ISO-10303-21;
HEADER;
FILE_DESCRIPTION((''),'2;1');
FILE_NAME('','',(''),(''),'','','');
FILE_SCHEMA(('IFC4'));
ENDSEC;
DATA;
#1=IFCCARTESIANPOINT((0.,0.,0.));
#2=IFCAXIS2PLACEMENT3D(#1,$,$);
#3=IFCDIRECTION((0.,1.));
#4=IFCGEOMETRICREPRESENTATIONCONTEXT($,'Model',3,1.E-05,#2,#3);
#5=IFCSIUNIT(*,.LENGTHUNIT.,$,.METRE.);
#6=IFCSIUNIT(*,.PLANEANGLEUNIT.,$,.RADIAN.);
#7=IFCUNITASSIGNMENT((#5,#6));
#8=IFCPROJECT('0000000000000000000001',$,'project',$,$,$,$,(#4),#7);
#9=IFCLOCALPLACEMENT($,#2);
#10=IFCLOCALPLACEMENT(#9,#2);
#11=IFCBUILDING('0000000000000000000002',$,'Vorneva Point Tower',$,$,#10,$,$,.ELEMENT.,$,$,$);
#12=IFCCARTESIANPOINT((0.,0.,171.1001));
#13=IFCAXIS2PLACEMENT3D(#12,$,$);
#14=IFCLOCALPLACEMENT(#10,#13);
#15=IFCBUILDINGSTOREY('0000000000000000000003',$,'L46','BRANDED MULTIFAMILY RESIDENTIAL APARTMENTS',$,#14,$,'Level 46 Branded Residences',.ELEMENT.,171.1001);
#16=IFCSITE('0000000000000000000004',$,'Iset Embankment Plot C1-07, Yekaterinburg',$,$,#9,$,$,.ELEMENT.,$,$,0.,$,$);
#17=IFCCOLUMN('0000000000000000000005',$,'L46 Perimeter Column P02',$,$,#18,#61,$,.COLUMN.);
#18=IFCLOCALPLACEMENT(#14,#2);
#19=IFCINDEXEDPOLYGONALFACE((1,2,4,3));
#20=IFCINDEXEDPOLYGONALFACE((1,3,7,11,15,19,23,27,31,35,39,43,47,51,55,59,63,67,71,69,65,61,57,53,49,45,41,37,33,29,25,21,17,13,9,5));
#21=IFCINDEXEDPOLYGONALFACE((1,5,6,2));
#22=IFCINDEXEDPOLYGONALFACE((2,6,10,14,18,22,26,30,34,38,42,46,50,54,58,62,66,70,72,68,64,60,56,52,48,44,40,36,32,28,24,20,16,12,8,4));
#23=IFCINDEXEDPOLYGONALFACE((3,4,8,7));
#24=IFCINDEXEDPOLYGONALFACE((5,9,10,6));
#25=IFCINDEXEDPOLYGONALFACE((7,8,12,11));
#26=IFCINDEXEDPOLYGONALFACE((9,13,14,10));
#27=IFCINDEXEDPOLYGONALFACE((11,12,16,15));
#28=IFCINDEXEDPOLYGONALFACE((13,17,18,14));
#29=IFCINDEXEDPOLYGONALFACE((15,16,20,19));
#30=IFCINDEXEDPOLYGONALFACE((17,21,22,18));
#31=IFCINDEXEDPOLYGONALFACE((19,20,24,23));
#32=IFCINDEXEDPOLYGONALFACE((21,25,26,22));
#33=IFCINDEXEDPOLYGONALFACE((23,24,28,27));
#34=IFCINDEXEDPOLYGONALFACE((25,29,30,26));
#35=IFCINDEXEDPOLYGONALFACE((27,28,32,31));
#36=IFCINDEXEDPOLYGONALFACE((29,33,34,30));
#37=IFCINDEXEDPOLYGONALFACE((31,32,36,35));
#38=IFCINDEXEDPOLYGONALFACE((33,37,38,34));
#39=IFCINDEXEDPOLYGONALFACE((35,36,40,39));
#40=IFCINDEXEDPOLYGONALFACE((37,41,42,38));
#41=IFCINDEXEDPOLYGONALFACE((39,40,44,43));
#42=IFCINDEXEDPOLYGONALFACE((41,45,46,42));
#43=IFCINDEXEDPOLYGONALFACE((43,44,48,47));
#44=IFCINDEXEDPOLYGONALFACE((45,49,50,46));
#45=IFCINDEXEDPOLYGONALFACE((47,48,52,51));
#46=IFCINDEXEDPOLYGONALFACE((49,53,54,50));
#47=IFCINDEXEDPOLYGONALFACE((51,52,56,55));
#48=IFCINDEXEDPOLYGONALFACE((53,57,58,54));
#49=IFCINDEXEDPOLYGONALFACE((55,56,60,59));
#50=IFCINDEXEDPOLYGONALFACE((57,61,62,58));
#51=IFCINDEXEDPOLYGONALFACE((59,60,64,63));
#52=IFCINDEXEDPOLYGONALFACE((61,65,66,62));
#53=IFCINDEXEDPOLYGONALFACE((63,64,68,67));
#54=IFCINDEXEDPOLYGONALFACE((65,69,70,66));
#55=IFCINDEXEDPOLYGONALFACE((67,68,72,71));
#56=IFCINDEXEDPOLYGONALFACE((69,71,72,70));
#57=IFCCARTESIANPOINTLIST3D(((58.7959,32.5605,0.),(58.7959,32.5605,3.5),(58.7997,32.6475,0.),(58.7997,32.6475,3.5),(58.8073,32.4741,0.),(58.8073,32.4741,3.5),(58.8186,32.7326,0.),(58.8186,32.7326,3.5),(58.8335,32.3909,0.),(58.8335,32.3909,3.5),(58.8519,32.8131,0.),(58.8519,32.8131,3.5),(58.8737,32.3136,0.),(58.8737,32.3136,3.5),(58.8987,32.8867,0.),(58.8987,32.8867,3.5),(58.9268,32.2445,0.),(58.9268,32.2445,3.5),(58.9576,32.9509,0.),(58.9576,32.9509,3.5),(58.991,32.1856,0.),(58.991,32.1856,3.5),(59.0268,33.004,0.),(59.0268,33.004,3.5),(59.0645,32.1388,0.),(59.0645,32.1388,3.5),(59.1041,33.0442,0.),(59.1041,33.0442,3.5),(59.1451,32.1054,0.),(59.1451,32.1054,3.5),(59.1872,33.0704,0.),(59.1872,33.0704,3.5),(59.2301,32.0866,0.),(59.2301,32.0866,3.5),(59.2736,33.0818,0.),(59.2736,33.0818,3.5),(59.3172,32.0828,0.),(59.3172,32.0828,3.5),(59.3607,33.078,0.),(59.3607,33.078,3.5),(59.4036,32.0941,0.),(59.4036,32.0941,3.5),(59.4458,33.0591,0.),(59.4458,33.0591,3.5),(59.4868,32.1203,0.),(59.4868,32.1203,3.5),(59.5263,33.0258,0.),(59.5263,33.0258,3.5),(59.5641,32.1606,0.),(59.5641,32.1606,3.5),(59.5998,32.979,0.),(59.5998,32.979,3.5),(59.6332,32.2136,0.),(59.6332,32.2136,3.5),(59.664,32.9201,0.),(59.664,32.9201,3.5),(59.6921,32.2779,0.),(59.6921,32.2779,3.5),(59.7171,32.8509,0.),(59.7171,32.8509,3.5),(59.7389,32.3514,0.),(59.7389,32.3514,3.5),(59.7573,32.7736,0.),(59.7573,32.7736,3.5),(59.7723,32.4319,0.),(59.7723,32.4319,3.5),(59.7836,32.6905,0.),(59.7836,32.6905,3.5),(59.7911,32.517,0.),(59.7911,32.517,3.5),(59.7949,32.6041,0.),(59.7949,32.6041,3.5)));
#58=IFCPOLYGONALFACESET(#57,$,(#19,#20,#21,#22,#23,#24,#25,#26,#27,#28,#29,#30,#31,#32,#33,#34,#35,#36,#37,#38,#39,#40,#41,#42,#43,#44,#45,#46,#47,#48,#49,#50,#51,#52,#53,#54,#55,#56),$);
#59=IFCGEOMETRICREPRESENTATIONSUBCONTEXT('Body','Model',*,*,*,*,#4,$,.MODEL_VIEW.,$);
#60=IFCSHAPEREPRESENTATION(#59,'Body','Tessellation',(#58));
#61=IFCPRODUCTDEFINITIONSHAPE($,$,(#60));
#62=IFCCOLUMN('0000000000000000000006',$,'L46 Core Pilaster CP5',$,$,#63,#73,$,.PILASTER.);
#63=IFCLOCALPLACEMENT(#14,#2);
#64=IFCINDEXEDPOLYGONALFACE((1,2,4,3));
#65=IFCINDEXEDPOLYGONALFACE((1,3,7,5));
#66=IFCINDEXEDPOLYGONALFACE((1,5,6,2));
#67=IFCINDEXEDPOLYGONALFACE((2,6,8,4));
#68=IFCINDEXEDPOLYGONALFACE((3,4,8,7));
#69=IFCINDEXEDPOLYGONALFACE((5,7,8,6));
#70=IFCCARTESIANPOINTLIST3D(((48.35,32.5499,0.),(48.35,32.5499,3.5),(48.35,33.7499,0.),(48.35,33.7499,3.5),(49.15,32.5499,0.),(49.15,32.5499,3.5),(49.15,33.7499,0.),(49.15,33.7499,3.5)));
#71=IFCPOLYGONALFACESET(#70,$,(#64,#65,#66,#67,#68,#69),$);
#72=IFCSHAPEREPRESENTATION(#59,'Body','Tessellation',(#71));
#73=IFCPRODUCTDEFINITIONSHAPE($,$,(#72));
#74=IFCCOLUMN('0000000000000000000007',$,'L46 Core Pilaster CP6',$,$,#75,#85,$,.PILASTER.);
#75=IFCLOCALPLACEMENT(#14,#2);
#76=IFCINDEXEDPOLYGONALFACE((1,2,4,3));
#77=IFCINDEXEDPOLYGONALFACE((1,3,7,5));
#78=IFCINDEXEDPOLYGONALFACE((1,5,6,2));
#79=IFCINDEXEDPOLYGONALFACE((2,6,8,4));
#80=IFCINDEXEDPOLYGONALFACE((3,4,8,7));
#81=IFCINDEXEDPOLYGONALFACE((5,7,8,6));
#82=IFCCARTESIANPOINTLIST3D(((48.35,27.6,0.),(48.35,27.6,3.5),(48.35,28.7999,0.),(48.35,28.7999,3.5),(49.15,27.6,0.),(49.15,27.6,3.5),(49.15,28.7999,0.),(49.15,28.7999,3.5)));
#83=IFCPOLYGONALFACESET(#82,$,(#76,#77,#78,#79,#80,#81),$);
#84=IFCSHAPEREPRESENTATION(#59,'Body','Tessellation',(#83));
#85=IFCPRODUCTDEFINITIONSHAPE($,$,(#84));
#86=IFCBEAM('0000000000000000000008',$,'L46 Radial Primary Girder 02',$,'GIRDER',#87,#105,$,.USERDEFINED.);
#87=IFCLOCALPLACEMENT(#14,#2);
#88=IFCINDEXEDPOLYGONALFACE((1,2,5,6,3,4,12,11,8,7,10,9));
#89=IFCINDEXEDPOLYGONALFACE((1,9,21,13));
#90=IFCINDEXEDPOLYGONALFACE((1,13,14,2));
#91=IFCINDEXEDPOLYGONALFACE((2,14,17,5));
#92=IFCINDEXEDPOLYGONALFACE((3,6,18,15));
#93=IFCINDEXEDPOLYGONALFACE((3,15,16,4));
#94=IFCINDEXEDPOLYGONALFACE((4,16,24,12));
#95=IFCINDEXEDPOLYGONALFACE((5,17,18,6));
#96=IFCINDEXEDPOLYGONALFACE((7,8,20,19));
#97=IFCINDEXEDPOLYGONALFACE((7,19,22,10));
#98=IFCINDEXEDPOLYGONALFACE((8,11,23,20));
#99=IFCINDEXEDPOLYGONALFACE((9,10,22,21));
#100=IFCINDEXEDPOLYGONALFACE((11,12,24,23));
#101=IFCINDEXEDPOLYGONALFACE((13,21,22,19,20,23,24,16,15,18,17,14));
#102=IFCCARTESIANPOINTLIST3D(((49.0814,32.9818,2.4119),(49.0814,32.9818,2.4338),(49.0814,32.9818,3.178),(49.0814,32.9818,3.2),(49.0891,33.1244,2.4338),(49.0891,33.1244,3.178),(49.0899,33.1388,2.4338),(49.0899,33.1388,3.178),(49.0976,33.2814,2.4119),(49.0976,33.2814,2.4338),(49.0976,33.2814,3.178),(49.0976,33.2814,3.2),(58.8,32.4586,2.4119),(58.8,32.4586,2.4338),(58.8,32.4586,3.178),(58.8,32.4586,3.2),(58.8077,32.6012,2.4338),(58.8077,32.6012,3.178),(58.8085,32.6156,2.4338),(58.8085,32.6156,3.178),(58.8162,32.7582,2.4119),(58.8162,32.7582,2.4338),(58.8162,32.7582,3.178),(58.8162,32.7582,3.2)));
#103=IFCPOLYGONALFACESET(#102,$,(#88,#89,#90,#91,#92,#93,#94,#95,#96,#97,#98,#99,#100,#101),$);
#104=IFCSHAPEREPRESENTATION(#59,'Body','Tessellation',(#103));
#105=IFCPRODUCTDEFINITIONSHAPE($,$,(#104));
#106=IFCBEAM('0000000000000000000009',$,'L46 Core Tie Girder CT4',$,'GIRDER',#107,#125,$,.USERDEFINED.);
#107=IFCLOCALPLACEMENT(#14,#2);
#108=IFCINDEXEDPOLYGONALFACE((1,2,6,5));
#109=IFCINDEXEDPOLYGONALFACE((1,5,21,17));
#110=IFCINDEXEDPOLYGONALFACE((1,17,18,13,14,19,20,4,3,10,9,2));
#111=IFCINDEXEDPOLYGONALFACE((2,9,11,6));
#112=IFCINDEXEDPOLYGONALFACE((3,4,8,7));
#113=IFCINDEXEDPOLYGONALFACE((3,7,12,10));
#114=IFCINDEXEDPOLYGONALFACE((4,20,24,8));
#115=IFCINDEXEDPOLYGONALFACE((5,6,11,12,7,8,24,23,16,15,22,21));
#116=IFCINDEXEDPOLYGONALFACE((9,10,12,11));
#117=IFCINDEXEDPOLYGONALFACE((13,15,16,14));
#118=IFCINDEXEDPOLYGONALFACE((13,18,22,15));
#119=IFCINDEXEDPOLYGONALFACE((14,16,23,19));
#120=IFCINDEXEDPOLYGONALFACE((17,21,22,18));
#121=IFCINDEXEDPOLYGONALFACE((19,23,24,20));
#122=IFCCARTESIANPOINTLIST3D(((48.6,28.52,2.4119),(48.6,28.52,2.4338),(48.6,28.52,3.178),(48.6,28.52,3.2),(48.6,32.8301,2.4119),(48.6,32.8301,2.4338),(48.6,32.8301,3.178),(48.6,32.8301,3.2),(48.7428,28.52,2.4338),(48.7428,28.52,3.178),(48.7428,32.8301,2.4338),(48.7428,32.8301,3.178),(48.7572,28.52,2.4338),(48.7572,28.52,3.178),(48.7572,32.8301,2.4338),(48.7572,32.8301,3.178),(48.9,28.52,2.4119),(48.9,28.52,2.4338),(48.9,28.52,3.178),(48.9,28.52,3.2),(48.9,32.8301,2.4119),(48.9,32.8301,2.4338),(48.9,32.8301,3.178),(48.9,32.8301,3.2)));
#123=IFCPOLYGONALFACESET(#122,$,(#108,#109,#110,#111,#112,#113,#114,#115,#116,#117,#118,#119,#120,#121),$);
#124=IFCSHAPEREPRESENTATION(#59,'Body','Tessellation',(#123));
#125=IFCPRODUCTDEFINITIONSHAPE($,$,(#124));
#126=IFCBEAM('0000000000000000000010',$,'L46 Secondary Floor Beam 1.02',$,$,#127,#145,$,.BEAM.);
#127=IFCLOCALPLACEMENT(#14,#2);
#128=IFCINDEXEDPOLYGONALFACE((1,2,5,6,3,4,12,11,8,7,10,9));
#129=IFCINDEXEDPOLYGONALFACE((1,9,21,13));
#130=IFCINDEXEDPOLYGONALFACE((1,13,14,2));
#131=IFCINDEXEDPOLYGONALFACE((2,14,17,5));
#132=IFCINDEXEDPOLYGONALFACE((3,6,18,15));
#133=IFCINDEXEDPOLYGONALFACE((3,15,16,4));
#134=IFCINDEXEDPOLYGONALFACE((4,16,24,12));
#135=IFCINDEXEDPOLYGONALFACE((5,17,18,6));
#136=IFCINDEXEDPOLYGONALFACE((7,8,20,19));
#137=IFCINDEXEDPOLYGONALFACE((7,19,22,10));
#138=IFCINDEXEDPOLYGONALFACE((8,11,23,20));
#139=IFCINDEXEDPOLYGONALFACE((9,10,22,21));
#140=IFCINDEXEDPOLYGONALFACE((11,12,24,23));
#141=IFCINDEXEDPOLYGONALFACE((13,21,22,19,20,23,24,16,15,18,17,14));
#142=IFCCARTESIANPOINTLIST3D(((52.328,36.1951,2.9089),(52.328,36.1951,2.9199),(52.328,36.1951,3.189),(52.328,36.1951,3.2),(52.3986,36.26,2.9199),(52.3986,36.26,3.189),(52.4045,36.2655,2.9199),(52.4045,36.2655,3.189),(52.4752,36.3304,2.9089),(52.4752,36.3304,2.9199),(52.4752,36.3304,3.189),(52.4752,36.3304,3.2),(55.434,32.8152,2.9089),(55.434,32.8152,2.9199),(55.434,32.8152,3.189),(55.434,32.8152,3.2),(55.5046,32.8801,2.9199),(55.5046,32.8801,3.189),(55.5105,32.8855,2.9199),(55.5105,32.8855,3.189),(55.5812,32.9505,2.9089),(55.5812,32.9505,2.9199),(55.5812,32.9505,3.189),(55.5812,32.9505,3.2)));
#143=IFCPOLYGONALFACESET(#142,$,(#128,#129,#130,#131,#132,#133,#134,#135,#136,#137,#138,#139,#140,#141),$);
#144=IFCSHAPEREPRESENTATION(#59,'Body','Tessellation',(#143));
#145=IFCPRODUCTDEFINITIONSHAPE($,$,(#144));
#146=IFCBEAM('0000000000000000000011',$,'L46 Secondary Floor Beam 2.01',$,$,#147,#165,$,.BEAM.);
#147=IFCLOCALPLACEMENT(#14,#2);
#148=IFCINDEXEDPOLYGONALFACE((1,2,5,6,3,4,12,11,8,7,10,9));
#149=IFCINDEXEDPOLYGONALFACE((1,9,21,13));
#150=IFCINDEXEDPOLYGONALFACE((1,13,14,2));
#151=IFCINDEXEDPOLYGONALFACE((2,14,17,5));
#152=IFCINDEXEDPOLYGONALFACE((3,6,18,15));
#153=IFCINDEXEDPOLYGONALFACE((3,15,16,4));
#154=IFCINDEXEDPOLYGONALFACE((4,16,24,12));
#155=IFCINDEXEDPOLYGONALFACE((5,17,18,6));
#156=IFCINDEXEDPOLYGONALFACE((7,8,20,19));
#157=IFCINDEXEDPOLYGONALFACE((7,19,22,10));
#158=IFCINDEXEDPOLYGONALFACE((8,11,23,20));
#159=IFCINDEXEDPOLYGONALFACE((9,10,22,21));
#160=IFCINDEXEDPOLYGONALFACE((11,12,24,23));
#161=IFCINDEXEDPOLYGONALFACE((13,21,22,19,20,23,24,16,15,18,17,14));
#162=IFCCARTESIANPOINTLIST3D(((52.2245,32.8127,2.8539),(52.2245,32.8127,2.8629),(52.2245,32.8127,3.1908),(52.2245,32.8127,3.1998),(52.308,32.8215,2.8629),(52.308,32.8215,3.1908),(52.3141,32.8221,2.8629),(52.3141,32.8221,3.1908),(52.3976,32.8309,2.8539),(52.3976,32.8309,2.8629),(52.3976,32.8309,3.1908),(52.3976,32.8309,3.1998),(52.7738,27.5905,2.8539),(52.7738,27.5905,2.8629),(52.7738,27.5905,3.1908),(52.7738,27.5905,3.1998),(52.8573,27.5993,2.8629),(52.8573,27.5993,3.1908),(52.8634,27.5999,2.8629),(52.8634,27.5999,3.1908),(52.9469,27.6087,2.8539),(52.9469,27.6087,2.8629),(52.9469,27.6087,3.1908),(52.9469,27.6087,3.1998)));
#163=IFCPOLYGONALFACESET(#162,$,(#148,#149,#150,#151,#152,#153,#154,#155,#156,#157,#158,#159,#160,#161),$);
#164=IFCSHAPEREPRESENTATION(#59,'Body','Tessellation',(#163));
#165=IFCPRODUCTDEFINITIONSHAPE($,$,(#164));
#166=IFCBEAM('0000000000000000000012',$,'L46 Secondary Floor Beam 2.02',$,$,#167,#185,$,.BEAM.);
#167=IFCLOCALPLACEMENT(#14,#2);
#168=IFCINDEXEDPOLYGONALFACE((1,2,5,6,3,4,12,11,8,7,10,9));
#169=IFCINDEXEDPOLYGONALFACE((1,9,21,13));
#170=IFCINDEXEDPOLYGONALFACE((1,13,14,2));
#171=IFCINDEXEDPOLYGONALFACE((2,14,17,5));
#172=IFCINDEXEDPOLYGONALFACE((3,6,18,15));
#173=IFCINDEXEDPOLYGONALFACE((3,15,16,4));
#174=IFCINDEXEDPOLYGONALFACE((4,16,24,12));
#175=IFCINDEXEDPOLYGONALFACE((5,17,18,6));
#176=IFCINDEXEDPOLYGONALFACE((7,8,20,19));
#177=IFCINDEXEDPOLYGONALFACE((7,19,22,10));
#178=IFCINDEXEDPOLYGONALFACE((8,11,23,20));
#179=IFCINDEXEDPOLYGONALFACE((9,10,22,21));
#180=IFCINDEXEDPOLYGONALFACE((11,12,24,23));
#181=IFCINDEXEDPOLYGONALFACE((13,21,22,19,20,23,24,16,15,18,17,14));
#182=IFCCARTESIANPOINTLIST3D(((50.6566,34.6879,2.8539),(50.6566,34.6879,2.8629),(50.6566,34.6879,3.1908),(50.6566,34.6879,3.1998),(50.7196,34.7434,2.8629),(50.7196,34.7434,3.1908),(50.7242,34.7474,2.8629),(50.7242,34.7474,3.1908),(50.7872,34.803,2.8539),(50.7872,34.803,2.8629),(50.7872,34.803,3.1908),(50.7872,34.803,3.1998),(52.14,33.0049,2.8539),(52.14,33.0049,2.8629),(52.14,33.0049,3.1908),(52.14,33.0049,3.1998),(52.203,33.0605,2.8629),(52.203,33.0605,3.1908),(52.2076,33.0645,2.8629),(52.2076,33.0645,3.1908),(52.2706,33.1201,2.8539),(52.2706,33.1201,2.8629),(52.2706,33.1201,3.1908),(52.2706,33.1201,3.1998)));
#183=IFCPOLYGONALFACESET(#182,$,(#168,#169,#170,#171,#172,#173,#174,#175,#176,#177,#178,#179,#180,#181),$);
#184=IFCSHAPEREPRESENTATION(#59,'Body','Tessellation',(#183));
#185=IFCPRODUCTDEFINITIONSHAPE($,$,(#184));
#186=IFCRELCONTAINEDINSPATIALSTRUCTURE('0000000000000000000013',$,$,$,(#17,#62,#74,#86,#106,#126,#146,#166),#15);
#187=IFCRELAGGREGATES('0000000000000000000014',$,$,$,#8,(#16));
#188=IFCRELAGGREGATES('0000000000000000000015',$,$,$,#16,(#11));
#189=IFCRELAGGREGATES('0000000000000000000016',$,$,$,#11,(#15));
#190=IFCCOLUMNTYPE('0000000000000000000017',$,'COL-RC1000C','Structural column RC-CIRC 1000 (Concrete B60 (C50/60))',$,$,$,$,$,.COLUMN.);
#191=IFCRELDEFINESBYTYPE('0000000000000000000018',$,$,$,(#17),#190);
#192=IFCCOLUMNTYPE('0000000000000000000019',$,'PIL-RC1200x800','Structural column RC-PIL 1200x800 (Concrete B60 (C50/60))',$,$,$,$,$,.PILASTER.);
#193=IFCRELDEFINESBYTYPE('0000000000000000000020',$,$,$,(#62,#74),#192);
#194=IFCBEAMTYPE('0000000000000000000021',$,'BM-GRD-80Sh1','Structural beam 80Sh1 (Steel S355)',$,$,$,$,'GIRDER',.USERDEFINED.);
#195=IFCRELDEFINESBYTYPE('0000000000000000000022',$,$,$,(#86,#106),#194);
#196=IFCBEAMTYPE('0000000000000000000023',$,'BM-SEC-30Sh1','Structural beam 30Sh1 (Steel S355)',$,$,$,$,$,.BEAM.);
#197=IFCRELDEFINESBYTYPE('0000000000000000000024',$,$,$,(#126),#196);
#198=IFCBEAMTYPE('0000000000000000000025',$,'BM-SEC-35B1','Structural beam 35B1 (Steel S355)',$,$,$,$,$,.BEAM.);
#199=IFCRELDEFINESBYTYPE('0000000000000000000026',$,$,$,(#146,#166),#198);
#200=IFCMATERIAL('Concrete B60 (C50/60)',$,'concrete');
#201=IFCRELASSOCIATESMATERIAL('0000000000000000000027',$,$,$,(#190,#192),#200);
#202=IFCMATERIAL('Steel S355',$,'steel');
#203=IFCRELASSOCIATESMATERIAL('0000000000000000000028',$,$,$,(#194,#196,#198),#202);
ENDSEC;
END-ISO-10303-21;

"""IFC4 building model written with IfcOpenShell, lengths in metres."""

from ifc_helpers import new_model, si_unit, direction, frame, origin, origin_2d, place, context, subcontext, project, spatial, rectangle, circle, i_section, extrude, material, material_profile, profile_set, type_object, element, save


model = new_model("IFC4")

# Units and contexts
model_context = context("Model", 3, precision=1e-05, world=origin(), true_north=direction((0.0, 1.0)))
body_context = subcontext(model_context, "Body", "Model", "MODEL_VIEW")
ifc_project = project(units=[si_unit("LENGTHUNIT", "METRE"), si_unit("PLANEANGLEUNIT", "RADIAN")], contexts=[model_context])

# Site, building, storey
site_placement = place(None, origin())
site = spatial("IfcSite", under=ifc_project, at=site_placement, Name="Iset Embankment Plot C1-07, Yekaterinburg", CompositionType="ELEMENT", RefElevation=0.0)
building_placement = place(site_placement, origin())
building = spatial("IfcBuilding", under=site, at=building_placement, Name="Vorneva Point Tower", CompositionType="ELEMENT")
storey_placement = place(building_placement, frame((0.0, 0.0, 171.1001)))
storey = spatial("IfcBuildingStorey", under=building, at=storey_placement, Name="L46", Description="BRANDED MULTIFAMILY RESIDENTIAL APARTMENTS", LongName="Level 46 Branded Residences", CompositionType="ELEMENT", Elevation=171.1001)

# Columns
ifc_material_1 = material(Name="Concrete B60 (C50/60)", Category="concrete")
ifc_material_profile_1 = material_profile(ifc_material_1, circle(Radius=0.5, at=origin_2d()), Name="RC-CIRC 1000")
ifc_profile_set_1 = profile_set([ifc_material_profile_1], Name="Concrete B60 (C50/60)")
column_type_1 = type_object("IfcColumnType", Name="COL-RC1000C", Description="Structural column RC-CIRC 1000 (Concrete B60 (C50/60))", PredefinedType="COLUMN", material=ifc_profile_set_1)
column_placement = place(storey_placement, frame((59.2954, 32.5823, 0.0), z_axis=(0.0, 0.0, 1.0), x_axis=(0.92388, 0.382683, 0.0)))
element("IfcColumn", 1, at=column_placement, inside=storey, type_object=column_type_1, Name="L46 Perimeter Column P02", PredefinedType="COLUMN", context=body_context, shape_type="SweptSolid", body=[
    extrude(circle(Radius=0.5, at=origin_2d()), origin(), (0.0, 0.0, 1.0), 3.5),
])
ifc_material_profile_2 = material_profile(ifc_material_1, rectangle(XDim=0.8, YDim=1.2, at=origin_2d()), Name="RC-PIL 1200x800")
ifc_profile_set_2 = profile_set([ifc_material_profile_2], Name="Concrete B60 (C50/60)")
column_type_2 = type_object("IfcColumnType", Name="PIL-RC1200x800", Description="Structural column RC-PIL 1200x800 (Concrete B60 (C50/60))", PredefinedType="PILASTER", material=ifc_profile_set_2)
for number, where, z_axis, x_axis, name in (
    (2, (48.75, 33.1499, 0.0), (0.0, 0.0, 1.0), (1.0, 0.0, 0.0), "L46 Core Pilaster CP5"),
    (3, (48.75, 28.2, 0.0), (0.0, 0.0, 1.0), (1.0, 0.0, 0.0), "L46 Core Pilaster CP6"),
):
    element("IfcColumn", number, at=place(storey_placement, frame(where, z_axis=z_axis, x_axis=x_axis)), inside=storey, type_object=column_type_2, Name=name, PredefinedType="PILASTER", context=body_context, shape_type="SweptSolid", body=[
        extrude(rectangle(XDim=0.8, YDim=1.2, at=origin_2d()), origin(), (0.0, 0.0, 1.0), 3.5),
    ])

# Beams
ifc_material_2 = material(Name="Steel S355", Category="steel")
ifc_material_profile_3 = material_profile(ifc_material_2, i_section(OverallWidth=0.3, OverallDepth=0.7881, WebThickness=0.0144, FlangeThickness=0.022, at=origin_2d()), Name="80Sh1")
ifc_profile_set_3 = profile_set([ifc_material_profile_3], Name="Steel S355")
beam_type_1 = type_object("IfcBeamType", Name="BM-GRD-80Sh1", Description="Structural beam 80Sh1 (Steel S355)", ElementType="GIRDER", PredefinedType="USERDEFINED", material=ifc_profile_set_3)
beam_1_placement = place(storey_placement, frame((58.8081, 32.6084, 2.8059), z_axis=(-0.998554, 0.053757, 0.0), x_axis=(-0.053757, -0.998554, 0.0)))
element("IfcBeam", 4, at=beam_1_placement, inside=storey, type_object=beam_type_1, Name="L46 Radial Primary Girder 02", ObjectType="GIRDER", PredefinedType="USERDEFINED", context=body_context, shape_type="SweptSolid", body=[
    extrude(i_section(OverallWidth=0.3, OverallDepth=0.7881, WebThickness=0.0144, FlangeThickness=0.022, at=origin_2d()), origin(), (0.0, 0.0, 1.0), 9.7327),
])
beam_2_placement = place(storey_placement, frame((48.75, 28.52, 2.8059), z_axis=(0.0, 1.0, 0.0), x_axis=(-1.0, 0.0, 0.0)))
element("IfcBeam", 5, at=beam_2_placement, inside=storey, type_object=beam_type_1, Name="L46 Core Tie Girder CT4", ObjectType="GIRDER", PredefinedType="USERDEFINED", context=body_context, shape_type="SweptSolid", body=[
    extrude(i_section(OverallWidth=0.3, OverallDepth=0.7881, WebThickness=0.0144, FlangeThickness=0.022, at=origin_2d()), origin(), (0.0, 0.0, 1.0), 4.3101),
])
ifc_material_profile_4 = material_profile(ifc_material_2, i_section(OverallWidth=0.2, OverallDepth=0.291, WebThickness=0.0081, FlangeThickness=0.011, at=origin_2d()), Name="30Sh1")
ifc_profile_set_4 = profile_set([ifc_material_profile_4], Name="Steel S355")
beam_type_2 = type_object("IfcBeamType", Name="BM-SEC-30Sh1", Description="Structural beam 30Sh1 (Steel S355)", PredefinedType="BEAM", material=ifc_profile_set_4)
beam_3_placement = place(storey_placement, frame((55.5076, 32.8828, 3.0544), z_axis=(-0.676639, 0.736315, 0.0), x_axis=(-0.736315, -0.676639, 0.0)))
element("IfcBeam", 6, at=beam_3_placement, inside=storey, type_object=beam_type_2, Name="L46 Secondary Floor Beam 1.02", PredefinedType="BEAM", context=body_context, shape_type="SweptSolid", body=[
    extrude(i_section(OverallWidth=0.2, OverallDepth=0.291, WebThickness=0.0081, FlangeThickness=0.011, at=origin_2d()), origin(), (0.0, 0.0, 1.0), 4.5903),
])
ifc_material_profile_5 = material_profile(ifc_material_2, i_section(OverallWidth=0.1741, OverallDepth=0.3459, WebThickness=0.0061, FlangeThickness=0.009, at=origin_2d()), Name="35B1")
ifc_profile_set_5 = profile_set([ifc_material_profile_5], Name="Steel S355")
beam_type_3 = type_object("IfcBeamType", Name="BM-SEC-35B1", Description="Structural beam 35B1 (Steel S355)", PredefinedType="BEAM", material=ifc_profile_set_5)
beam_4_placement = place(storey_placement, frame((52.8604, 27.5996, 3.0269), z_axis=(-0.104612, 0.994513, 0.0), x_axis=(-0.994513, -0.104612, 0.0)))
element("IfcBeam", 7, at=beam_4_placement, inside=storey, type_object=beam_type_3, Name="L46 Secondary Floor Beam 2.01", PredefinedType="BEAM", context=body_context, shape_type="SweptSolid", body=[
    extrude(i_section(OverallWidth=0.1741, OverallDepth=0.3459, WebThickness=0.0061, FlangeThickness=0.009, at=origin_2d()), origin(), (0.0, 0.0, 1.0), 5.251),
])
beam_5_placement = place(storey_placement, frame((52.2053, 33.0625, 3.0269), z_axis=(-0.661251, 0.750165, 0.0), x_axis=(-0.750165, -0.661251, 0.0)))
element("IfcBeam", 8, at=beam_5_placement, inside=storey, type_object=beam_type_3, Name="L46 Secondary Floor Beam 2.02", PredefinedType="BEAM", context=body_context, shape_type="SweptSolid", body=[
    extrude(i_section(OverallWidth=0.1741, OverallDepth=0.3459, WebThickness=0.0061, FlangeThickness=0.009, at=origin_2d()), origin(), (0.0, 0.0, 1.0), 2.2434),
])

save(model, "model.ifc")
